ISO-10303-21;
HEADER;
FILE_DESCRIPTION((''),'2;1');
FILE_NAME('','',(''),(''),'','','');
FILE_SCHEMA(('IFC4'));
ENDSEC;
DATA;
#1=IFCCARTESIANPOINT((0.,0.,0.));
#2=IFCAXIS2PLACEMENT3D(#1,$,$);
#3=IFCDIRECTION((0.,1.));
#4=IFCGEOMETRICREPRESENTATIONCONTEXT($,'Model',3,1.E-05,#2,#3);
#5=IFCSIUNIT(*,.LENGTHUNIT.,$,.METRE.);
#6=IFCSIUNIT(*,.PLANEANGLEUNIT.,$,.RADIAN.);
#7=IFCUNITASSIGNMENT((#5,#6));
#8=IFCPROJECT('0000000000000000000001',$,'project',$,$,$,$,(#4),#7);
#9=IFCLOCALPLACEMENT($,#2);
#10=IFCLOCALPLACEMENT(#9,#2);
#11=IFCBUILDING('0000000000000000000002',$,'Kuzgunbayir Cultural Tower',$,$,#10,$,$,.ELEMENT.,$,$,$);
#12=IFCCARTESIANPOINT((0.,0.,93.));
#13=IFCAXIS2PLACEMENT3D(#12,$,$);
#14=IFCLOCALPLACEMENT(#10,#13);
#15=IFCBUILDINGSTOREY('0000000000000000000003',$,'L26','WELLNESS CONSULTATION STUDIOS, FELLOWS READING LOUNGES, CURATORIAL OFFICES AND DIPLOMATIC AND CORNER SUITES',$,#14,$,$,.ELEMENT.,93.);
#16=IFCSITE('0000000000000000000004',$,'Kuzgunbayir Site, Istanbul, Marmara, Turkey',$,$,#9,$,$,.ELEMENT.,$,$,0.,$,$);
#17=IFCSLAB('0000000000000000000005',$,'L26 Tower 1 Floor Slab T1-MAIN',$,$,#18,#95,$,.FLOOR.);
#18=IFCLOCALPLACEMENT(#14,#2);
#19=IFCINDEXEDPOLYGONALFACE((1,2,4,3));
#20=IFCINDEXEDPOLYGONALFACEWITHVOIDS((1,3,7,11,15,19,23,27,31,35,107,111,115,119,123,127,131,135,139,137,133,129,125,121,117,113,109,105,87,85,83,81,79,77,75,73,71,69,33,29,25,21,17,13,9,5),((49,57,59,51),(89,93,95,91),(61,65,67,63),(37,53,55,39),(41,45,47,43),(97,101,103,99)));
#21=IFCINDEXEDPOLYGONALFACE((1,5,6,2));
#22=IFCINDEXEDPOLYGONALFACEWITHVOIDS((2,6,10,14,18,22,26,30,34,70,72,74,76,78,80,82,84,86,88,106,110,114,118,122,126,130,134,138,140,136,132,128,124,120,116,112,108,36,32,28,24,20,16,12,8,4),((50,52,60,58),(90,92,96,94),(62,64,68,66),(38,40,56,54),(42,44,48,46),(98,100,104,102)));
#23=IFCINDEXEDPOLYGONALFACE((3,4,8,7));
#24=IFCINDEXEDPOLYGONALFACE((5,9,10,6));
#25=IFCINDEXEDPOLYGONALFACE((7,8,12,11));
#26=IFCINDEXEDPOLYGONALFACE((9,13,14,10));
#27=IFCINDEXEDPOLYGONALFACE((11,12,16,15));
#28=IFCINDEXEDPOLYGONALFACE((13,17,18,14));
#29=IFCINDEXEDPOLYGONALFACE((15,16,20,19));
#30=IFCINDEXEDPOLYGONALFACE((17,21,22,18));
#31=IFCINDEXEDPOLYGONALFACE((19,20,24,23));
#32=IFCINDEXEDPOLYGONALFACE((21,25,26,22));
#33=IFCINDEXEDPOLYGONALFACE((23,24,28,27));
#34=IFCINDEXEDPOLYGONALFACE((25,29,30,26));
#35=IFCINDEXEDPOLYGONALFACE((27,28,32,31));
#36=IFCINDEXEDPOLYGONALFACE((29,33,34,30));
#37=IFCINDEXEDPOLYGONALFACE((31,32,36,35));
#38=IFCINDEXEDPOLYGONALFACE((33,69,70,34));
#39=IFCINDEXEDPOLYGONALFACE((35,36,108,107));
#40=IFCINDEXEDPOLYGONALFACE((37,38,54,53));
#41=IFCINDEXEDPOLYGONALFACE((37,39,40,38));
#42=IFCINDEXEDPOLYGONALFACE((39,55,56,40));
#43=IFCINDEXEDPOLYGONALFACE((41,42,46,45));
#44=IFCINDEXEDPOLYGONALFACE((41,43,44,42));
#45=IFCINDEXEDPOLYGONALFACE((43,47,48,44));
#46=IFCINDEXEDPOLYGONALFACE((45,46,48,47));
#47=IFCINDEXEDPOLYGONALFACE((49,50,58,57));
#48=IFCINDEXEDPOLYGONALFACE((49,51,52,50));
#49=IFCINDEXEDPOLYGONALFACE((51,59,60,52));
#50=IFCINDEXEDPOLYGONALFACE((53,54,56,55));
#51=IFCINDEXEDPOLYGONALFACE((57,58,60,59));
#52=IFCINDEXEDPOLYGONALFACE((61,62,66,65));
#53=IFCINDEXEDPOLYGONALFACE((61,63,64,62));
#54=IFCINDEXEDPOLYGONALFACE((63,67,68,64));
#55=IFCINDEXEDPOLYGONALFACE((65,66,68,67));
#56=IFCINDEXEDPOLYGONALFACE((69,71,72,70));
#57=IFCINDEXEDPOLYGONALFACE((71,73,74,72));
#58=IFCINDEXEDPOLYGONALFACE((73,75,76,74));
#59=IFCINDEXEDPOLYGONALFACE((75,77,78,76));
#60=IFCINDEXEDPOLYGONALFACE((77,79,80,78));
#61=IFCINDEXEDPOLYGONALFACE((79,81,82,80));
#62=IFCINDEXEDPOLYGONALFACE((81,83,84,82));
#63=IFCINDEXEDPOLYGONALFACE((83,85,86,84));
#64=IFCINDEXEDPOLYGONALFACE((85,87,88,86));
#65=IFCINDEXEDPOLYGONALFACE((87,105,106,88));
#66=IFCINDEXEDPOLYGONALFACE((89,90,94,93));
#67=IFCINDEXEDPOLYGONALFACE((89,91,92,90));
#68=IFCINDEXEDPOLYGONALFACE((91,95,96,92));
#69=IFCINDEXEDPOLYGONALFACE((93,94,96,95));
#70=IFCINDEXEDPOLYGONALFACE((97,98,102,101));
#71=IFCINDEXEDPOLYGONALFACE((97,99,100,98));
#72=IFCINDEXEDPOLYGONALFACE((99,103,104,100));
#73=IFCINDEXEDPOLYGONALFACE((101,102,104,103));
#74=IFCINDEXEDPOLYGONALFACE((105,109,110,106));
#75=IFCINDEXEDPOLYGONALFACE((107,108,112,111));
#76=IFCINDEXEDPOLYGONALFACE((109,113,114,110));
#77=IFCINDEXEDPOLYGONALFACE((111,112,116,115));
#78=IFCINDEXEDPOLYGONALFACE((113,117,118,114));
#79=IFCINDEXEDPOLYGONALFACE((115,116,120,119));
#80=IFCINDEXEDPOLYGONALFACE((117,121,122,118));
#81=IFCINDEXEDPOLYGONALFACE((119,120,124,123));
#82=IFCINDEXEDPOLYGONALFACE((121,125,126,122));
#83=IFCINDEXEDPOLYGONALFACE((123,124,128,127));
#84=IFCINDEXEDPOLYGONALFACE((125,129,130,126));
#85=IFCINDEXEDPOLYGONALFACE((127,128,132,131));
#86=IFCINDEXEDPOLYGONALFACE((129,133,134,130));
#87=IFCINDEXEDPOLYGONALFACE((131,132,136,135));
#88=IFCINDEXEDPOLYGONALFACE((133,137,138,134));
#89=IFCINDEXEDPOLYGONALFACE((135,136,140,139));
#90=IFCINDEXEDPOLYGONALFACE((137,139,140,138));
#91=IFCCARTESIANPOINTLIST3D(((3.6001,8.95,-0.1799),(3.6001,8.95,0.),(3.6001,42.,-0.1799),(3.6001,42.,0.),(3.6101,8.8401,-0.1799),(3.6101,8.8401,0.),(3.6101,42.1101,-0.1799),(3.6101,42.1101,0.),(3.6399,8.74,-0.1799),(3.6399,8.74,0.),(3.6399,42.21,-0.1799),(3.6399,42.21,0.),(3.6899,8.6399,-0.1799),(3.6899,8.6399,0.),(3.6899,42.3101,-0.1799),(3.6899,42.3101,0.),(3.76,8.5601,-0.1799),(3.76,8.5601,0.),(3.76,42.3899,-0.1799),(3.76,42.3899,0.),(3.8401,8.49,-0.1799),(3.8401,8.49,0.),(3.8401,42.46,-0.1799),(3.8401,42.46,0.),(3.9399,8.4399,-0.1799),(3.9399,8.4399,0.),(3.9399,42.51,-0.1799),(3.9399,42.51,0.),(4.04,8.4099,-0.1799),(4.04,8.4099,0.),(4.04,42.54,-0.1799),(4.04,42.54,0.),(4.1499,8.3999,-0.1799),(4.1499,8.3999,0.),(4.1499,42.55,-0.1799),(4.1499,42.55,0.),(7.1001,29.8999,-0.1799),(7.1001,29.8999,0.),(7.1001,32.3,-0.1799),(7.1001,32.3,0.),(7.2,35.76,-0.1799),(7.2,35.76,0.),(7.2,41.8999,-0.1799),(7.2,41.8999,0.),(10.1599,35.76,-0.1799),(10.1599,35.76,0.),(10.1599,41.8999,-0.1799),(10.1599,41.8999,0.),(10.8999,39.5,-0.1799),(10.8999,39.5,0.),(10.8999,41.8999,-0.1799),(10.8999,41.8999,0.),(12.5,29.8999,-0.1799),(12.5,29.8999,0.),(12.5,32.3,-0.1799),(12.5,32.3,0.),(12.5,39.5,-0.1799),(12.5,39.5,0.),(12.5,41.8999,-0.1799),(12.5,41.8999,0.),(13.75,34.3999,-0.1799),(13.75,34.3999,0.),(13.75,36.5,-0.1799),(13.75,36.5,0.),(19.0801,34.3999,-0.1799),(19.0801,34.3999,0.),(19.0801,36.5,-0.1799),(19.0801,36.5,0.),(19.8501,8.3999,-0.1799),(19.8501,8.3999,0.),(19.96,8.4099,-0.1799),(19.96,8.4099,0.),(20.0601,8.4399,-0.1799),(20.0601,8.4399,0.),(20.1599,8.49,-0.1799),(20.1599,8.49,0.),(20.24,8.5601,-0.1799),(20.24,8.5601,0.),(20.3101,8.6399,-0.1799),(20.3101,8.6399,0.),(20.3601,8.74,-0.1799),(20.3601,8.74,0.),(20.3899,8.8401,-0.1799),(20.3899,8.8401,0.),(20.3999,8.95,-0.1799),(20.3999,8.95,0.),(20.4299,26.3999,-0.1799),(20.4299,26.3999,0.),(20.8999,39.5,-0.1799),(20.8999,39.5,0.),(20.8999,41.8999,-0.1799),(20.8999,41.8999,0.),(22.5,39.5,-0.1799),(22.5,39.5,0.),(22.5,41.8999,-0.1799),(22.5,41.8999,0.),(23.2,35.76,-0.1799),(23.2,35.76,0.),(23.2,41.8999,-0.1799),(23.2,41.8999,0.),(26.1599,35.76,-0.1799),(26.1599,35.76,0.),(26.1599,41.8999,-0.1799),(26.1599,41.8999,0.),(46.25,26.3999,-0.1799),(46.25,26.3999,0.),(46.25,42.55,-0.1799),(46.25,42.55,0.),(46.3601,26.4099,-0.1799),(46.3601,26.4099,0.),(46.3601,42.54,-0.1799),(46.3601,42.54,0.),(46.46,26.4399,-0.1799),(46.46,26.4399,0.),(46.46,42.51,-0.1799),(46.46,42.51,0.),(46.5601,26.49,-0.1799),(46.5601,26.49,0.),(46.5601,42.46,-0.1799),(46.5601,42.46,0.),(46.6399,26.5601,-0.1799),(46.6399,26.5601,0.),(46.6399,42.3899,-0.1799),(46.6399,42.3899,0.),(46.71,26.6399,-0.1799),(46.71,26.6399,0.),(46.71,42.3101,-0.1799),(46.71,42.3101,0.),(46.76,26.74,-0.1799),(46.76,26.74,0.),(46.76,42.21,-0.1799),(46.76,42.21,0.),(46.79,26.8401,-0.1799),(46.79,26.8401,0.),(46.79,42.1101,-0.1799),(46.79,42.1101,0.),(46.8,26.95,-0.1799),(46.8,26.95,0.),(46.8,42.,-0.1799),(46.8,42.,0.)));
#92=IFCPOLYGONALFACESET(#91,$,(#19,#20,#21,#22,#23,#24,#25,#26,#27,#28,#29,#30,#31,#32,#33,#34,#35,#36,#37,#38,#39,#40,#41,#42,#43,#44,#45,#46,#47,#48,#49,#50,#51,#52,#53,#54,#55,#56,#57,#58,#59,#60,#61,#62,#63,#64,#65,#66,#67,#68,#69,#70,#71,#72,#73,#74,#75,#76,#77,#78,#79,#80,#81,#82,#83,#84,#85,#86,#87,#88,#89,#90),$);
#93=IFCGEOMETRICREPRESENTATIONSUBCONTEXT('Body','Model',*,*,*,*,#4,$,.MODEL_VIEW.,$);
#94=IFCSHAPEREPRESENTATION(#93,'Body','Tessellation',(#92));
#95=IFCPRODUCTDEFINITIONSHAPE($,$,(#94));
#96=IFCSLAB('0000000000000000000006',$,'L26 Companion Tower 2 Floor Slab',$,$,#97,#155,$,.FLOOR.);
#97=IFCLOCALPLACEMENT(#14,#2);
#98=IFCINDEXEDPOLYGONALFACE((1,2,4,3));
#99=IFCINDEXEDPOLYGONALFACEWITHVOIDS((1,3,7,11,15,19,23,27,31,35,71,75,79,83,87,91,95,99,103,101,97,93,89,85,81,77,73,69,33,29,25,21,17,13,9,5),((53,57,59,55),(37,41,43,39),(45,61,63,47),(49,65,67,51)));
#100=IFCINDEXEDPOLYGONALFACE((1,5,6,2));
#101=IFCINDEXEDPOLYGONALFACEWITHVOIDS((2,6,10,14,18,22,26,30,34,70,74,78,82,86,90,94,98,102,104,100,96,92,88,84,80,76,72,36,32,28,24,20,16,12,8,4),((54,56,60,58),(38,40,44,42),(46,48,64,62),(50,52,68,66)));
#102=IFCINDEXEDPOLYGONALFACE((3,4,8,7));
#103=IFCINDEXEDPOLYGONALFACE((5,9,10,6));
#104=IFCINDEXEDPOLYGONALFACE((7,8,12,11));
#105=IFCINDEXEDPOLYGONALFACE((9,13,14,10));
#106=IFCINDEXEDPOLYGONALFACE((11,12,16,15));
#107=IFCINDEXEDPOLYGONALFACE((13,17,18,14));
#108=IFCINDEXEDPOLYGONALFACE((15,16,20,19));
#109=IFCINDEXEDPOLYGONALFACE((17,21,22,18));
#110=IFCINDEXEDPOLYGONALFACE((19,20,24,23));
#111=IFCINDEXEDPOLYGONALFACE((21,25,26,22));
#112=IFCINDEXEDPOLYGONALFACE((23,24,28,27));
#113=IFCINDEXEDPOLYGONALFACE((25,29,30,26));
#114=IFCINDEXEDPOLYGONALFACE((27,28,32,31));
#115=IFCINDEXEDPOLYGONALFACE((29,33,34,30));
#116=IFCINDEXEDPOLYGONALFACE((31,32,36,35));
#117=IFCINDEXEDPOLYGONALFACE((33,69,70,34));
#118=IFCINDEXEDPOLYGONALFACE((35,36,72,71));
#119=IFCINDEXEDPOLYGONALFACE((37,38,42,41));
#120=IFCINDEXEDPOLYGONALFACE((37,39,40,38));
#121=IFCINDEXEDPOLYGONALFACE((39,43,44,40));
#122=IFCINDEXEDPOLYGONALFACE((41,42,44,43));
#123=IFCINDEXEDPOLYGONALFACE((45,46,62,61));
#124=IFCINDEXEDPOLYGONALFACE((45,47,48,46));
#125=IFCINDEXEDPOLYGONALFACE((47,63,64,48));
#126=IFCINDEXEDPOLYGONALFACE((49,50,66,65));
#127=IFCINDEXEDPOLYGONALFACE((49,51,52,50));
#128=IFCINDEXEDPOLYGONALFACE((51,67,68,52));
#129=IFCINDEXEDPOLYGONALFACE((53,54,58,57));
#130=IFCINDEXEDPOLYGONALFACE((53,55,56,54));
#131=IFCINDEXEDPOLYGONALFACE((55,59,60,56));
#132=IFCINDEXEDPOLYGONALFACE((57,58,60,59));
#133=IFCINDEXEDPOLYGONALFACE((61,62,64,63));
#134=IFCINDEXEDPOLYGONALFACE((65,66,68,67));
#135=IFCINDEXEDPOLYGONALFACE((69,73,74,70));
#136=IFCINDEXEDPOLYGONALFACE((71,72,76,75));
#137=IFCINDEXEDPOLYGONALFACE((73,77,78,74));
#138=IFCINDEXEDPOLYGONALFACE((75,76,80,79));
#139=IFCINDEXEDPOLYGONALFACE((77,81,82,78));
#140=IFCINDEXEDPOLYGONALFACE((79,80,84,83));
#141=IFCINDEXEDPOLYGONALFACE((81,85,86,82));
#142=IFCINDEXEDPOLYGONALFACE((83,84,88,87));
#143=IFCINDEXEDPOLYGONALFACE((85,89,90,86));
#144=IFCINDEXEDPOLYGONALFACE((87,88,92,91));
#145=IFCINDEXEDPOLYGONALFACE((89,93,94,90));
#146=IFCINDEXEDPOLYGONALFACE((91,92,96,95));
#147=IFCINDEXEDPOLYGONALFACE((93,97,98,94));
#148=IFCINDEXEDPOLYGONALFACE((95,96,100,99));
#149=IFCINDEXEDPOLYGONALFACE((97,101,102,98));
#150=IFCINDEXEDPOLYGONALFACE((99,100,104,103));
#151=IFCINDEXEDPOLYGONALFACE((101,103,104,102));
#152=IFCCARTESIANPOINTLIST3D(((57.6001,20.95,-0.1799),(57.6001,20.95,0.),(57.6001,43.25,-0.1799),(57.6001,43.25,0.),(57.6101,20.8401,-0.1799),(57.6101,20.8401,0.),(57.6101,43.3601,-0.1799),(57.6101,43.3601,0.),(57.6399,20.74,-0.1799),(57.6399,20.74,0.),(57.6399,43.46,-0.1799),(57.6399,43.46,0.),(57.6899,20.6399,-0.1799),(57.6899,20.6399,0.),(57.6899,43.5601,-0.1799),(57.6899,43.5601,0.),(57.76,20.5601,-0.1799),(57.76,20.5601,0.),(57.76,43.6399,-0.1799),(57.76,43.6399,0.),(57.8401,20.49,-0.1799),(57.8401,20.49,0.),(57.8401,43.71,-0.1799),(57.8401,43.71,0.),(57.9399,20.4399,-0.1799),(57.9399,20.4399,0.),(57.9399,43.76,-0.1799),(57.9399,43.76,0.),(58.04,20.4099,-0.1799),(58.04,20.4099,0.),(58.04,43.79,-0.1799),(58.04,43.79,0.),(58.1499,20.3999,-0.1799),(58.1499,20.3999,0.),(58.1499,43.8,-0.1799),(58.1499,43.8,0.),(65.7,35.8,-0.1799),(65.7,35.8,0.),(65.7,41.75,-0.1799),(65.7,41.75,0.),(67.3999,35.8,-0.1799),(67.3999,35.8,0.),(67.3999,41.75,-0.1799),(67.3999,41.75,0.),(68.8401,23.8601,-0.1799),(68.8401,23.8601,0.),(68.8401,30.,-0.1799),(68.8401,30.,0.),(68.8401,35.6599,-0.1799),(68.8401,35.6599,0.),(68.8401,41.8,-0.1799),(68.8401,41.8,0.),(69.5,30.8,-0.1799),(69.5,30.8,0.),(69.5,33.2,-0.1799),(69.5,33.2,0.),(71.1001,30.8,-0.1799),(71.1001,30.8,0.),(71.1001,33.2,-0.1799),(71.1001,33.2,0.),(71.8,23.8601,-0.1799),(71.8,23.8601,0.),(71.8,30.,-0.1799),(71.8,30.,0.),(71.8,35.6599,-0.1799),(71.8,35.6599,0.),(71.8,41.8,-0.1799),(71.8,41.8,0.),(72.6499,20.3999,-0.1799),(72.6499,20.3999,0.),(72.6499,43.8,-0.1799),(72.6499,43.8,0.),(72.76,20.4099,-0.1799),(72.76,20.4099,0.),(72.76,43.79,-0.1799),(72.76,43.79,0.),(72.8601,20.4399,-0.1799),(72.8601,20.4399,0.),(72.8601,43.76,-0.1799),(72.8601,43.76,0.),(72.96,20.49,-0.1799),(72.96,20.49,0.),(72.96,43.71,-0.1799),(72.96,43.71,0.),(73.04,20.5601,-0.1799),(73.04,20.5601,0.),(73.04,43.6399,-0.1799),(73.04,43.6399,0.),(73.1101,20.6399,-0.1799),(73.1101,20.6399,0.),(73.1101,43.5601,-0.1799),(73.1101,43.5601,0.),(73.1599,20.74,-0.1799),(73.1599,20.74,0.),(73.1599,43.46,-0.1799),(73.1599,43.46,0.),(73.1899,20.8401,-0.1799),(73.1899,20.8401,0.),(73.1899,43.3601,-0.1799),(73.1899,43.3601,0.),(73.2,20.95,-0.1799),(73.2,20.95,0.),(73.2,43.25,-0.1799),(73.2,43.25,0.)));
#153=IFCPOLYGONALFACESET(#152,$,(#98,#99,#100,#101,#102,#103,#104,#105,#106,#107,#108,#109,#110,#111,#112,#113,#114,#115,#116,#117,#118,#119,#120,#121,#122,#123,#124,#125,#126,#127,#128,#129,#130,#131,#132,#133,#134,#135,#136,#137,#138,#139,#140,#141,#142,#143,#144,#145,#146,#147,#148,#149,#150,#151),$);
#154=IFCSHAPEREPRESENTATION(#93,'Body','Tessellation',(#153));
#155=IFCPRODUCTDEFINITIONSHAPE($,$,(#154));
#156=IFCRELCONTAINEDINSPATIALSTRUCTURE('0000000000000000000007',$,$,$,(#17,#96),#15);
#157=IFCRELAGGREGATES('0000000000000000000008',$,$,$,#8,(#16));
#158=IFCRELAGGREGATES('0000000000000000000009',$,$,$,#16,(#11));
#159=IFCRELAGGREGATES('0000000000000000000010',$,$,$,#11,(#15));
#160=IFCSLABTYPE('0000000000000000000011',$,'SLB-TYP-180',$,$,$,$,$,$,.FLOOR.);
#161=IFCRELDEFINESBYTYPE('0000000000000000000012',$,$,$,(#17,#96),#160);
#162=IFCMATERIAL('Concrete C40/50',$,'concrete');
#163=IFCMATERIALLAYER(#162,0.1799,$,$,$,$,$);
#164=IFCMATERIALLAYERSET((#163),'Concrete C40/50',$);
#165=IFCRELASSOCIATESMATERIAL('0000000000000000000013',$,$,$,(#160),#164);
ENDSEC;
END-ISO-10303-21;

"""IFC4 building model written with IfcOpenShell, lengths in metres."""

from ifc_helpers import new_model, si_unit, direction, frame, origin, place, context, subcontext, project, spatial, polyline, outline, extrude, material, layer, layer_set, type_object, element, save


model = new_model("IFC4")

# Units and contexts
model_context = context("Model", 3, precision=1e-05, world=origin(), true_north=direction((0.0, 1.0)))
body_context = subcontext(model_context, "Body", "Model", "MODEL_VIEW")
ifc_project = project(units=[si_unit("LENGTHUNIT", "METRE"), si_unit("PLANEANGLEUNIT", "RADIAN")], contexts=[model_context])

# Site, building, storey
site_placement = place(None, origin())
site = spatial("IfcSite", under=ifc_project, at=site_placement, Name="Kuzgunbayir Site, Istanbul, Marmara, Turkey", CompositionType="ELEMENT", RefElevation=0.0)
building_placement = place(site_placement, origin())
building = spatial("IfcBuilding", under=site, at=building_placement, Name="Kuzgunbayir Cultural Tower", CompositionType="ELEMENT")
storey_placement = place(building_placement, frame((0.0, 0.0, 93.0)))
storey = spatial("IfcBuildingStorey", under=building, at=storey_placement, Name="L26", Description="WELLNESS CONSULTATION STUDIOS, FELLOWS READING LOUNGES, CURATORIAL OFFICES AND DIPLOMATIC AND CORNER SUITES", CompositionType="ELEMENT", Elevation=93.0)

# Shared definitions
ifc_material_1 = material(Name="Concrete C40/50", Category="concrete")

# Slabs
ifc_layer_1 = layer(ifc_material_1, 0.1799)
ifc_layer_set_1 = layer_set([ifc_layer_1], Name="Concrete C40/50")
slab_type_1 = type_object("IfcSlabType", Name="SLB-TYP-180", PredefinedType="FLOOR", material=ifc_layer_set_1)
slab_1_placement = place(storey_placement, frame((0.0, 0.0, -0.1799)))
element("IfcSlab", 1, at=slab_1_placement, inside=storey, type_object=slab_type_1, Name="L26 Tower 1 Floor Slab T1-MAIN", PredefinedType="FLOOR", context=body_context, shape_type="SweptSolid", body=[
    extrude(outline(polyline([(20.3999, 8.95), (20.3899, 8.8401), (20.3601, 8.74), (20.3101, 8.6399), (20.24, 8.5601), (20.1599, 8.49), (20.0601, 8.4399), (19.96, 8.4099), (19.8501, 8.3999), (4.1499, 8.3999), (4.04, 8.4099), (3.9399, 8.4399), (3.8401, 8.49), (3.76, 8.5601), (3.6899, 8.6399), (3.6399, 8.74), (3.6101, 8.8401), (3.6001, 8.95), (3.6001, 42.0), (3.6101, 42.1101), (3.6399, 42.21), (3.6899, 42.3101), (3.76, 42.3899), (3.8401, 42.46), (3.9399, 42.51), (4.04, 42.54), (4.1499, 42.55), (46.25, 42.55), (46.3601, 42.54), (46.46, 42.51), (46.5601, 42.46), (46.6399, 42.3899), (46.71, 42.3101), (46.76, 42.21), (46.79, 42.1101), (46.8, 42.0), (46.8, 26.95), (46.79, 26.8401), (46.76, 26.74), (46.71, 26.6399), (46.6399, 26.5601), (46.5601, 26.49), (46.46, 26.4399), (46.3601, 26.4099), (46.25, 26.3999), (20.4299, 26.3999), (20.3999, 8.95)]), holes=[polyline([(7.2, 35.76), (7.2, 41.8999), (10.1599, 41.8999), (10.1599, 35.76), (7.2, 35.76)]), polyline([(23.2, 35.76), (23.2, 41.8999), (26.1599, 41.8999), (26.1599, 35.76), (23.2, 35.76)]), polyline([(13.75, 34.3999), (13.75, 36.5), (19.0801, 36.5), (19.0801, 34.3999), (13.75, 34.3999)]), polyline([(7.1001, 29.8999), (7.1001, 32.3), (12.5, 32.3), (12.5, 29.8999), (7.1001, 29.8999)]), polyline([(10.8999, 39.5), (10.8999, 41.8999), (12.5, 41.8999), (12.5, 39.5), (10.8999, 39.5)]), polyline([(20.8999, 39.5), (20.8999, 41.8999), (22.5, 41.8999), (22.5, 39.5), (20.8999, 39.5)])]), origin(), (0.0, 0.0, 1.0), 0.1799),
])
slab_2_placement = place(storey_placement, frame((0.0, 0.0, -0.1799)))
element("IfcSlab", 2, at=slab_2_placement, inside=storey, type_object=slab_type_1, Name="L26 Companion Tower 2 Floor Slab", PredefinedType="FLOOR", context=body_context, shape_type="SweptSolid", body=[
    extrude(outline(polyline([(72.6499, 20.3999), (72.76, 20.4099), (72.8601, 20.4399), (72.96, 20.49), (73.04, 20.5601), (73.1101, 20.6399), (73.1599, 20.74), (73.1899, 20.8401), (73.2, 20.95), (73.2, 43.25), (73.1899, 43.3601), (73.1599, 43.46), (73.1101, 43.5601), (73.04, 43.6399), (72.96, 43.71), (72.8601, 43.76), (72.76, 43.79), (72.6499, 43.8), (58.1499, 43.8), (58.04, 43.79), (57.9399, 43.76), (57.8401, 43.71), (57.76, 43.6399), (57.6899, 43.5601), (57.6399, 43.46), (57.6101, 43.3601), (57.6001, 43.25), (57.6001, 20.95), (57.6101, 20.8401), (57.6399, 20.74), (57.6899, 20.6399), (57.76, 20.5601), (57.8401, 20.49), (57.9399, 20.4399), (58.04, 20.4099), (58.1499, 20.3999), (72.6499, 20.3999)]), holes=[polyline([(68.8401, 23.8601), (68.8401, 30.0), (71.8, 30.0), (71.8, 23.8601), (68.8401, 23.8601)]), polyline([(68.8401, 35.6599), (68.8401, 41.8), (71.8, 41.8), (71.8, 35.6599), (68.8401, 35.6599)]), polyline([(65.7, 35.8), (65.7, 41.75), (67.3999, 41.75), (67.3999, 35.8), (65.7, 35.8)]), polyline([(69.5, 30.8), (69.5, 33.2), (71.1001, 33.2), (71.1001, 30.8), (69.5, 30.8)])]), origin(), (0.0, 0.0, 1.0), 0.1799),
])

save(model, "model.ifc")
